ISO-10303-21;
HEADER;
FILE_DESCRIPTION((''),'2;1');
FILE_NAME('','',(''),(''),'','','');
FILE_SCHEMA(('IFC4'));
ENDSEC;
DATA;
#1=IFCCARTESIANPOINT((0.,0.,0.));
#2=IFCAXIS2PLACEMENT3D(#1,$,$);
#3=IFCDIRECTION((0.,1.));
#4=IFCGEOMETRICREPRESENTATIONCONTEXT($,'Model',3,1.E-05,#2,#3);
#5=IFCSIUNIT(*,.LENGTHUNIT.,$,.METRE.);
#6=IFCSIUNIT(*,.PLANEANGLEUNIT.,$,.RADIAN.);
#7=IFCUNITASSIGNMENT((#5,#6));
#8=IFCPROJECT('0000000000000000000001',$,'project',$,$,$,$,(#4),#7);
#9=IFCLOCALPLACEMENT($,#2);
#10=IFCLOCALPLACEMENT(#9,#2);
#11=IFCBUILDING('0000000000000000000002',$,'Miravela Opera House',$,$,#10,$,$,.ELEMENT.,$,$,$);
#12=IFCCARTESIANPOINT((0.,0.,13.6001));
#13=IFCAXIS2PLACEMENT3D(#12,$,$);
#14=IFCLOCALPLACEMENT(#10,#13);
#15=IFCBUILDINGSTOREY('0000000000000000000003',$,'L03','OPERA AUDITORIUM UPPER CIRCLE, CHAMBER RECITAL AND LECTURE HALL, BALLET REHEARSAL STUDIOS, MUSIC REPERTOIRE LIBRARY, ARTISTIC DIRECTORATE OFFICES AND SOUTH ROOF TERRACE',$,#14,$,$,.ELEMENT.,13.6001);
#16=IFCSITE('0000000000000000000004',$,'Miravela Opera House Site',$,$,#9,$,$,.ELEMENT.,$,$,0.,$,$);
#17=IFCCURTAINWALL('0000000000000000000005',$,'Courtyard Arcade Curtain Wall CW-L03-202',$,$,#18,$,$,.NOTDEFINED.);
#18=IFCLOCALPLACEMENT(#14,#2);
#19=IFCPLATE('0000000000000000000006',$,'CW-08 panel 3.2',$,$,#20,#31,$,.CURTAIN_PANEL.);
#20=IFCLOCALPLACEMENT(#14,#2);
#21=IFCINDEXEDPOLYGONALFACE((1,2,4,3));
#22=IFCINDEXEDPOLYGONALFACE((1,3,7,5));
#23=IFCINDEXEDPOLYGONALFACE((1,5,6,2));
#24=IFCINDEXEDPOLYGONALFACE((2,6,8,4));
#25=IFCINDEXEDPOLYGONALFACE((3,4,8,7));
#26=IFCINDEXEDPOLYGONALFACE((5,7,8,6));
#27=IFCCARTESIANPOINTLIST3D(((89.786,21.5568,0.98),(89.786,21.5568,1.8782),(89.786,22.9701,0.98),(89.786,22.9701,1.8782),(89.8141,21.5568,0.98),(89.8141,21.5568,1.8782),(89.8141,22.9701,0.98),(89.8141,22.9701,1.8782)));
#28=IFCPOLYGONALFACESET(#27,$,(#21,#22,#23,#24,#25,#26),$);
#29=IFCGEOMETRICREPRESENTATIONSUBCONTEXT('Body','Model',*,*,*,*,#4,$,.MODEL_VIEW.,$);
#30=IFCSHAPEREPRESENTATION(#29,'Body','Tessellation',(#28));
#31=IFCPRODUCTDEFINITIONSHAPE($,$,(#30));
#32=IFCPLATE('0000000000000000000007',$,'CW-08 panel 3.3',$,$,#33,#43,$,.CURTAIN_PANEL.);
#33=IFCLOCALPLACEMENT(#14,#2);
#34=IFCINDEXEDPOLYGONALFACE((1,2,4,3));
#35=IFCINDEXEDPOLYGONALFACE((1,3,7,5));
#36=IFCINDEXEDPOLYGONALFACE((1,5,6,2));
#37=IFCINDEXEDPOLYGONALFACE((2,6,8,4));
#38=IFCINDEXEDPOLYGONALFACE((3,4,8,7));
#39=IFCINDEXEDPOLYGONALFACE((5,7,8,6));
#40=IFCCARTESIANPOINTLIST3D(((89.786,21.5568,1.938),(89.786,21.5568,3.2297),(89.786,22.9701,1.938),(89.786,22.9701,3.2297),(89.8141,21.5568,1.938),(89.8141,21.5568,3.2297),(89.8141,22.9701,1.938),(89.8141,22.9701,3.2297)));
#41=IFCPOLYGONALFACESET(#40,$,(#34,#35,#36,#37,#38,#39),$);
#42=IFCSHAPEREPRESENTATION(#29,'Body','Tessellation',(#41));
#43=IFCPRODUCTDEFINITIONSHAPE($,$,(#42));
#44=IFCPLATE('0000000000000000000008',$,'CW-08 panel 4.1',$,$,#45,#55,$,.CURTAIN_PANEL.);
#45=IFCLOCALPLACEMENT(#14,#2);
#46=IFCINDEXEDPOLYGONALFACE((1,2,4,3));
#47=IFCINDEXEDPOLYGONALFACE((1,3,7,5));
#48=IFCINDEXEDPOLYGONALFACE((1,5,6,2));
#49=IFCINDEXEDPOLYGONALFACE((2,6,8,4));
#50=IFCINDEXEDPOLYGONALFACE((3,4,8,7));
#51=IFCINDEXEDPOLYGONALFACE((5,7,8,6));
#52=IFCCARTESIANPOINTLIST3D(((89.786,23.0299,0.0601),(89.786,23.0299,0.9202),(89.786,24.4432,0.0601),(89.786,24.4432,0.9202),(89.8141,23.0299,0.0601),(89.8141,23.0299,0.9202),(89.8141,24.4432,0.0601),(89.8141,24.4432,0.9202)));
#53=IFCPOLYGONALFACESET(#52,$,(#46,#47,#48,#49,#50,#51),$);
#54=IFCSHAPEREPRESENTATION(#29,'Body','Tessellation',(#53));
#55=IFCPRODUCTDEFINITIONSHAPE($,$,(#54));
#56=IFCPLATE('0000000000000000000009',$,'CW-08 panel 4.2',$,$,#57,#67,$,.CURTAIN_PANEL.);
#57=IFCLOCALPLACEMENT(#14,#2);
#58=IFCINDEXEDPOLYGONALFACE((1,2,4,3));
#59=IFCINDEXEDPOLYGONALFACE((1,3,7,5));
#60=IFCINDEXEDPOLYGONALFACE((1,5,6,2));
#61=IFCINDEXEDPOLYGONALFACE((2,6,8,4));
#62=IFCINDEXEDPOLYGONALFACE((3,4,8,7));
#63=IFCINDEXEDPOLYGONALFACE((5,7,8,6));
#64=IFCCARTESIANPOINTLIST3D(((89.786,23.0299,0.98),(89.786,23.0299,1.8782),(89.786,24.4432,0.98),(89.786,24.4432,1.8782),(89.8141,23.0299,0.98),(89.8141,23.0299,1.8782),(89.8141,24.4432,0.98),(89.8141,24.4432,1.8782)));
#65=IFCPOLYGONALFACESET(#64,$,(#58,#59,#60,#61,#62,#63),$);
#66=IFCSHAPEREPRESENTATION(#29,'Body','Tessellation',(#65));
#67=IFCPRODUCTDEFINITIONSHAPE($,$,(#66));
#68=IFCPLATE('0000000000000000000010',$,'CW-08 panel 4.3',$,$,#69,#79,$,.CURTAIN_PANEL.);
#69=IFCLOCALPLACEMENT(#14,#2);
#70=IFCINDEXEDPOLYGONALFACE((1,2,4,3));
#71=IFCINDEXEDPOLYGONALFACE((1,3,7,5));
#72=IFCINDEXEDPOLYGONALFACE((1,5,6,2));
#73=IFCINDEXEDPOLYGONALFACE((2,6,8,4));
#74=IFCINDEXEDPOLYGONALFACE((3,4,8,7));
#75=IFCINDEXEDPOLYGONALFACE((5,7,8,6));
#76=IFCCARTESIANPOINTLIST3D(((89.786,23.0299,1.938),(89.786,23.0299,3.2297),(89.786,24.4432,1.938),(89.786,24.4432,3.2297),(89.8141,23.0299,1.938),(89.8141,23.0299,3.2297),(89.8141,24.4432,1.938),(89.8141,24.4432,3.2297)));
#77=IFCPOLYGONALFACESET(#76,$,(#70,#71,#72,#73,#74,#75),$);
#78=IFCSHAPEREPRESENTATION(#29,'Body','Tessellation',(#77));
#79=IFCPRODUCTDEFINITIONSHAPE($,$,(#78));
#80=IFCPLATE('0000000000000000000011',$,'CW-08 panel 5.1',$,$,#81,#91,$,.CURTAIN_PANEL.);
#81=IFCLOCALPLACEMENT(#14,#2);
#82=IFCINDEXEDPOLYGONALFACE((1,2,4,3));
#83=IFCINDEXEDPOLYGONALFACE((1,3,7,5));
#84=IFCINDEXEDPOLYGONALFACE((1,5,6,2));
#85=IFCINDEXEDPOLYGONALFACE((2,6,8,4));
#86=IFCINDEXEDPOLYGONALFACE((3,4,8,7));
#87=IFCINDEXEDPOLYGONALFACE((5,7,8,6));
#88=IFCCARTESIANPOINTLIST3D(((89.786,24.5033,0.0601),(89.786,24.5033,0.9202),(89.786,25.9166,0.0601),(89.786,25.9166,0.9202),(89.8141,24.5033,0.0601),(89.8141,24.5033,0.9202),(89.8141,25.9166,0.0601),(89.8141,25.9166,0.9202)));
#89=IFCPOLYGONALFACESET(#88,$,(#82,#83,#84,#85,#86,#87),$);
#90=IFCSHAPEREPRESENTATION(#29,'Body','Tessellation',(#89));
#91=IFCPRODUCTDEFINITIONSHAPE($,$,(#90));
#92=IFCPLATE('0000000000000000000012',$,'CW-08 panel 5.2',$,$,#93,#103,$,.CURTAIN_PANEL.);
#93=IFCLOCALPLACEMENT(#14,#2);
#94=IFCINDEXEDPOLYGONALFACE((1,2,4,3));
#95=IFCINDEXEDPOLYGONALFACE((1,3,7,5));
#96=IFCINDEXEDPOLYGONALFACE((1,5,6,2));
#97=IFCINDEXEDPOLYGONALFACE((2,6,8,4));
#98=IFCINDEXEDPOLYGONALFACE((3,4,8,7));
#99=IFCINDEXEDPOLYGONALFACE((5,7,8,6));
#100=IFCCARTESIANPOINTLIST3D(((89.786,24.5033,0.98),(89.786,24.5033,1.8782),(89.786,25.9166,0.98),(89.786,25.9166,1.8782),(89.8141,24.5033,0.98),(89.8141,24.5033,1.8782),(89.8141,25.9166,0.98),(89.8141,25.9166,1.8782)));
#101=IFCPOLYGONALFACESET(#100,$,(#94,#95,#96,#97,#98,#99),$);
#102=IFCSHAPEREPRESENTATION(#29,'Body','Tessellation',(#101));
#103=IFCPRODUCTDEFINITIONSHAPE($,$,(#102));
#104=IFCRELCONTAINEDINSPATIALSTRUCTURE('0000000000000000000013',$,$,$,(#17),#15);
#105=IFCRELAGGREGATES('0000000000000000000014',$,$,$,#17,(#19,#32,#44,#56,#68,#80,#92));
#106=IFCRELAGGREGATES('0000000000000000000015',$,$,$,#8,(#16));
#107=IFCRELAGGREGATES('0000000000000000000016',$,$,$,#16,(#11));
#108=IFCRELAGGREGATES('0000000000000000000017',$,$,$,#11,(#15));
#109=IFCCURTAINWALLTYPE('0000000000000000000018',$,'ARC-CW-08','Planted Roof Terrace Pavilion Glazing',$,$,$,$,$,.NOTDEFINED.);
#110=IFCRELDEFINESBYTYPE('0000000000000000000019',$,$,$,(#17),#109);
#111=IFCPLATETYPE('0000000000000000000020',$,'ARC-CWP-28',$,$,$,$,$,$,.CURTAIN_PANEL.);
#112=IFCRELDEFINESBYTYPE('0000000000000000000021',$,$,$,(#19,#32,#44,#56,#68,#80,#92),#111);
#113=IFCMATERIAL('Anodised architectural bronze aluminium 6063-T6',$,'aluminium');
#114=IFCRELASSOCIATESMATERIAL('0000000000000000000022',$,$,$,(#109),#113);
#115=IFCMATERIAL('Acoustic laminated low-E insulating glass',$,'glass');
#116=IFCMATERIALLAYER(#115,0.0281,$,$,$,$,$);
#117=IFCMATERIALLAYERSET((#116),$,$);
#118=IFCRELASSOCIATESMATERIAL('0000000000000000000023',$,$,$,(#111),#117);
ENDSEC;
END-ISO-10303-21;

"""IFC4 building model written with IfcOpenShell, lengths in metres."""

from ifc_helpers import new_model, si_unit, direction, frame, origin, origin_2d, place, context, subcontext, project, spatial, rectangle, extrude, material, layer, layer_set, type_object, element, aggregate, save


model = new_model("IFC4")

# Units and contexts
model_context = context("Model", 3, precision=1e-05, world=origin(), true_north=direction((0.0, 1.0)))
body_context = subcontext(model_context, "Body", "Model", "MODEL_VIEW")
ifc_project = project(units=[si_unit("LENGTHUNIT", "METRE"), si_unit("PLANEANGLEUNIT", "RADIAN")], contexts=[model_context])

# Site, building, storey
site_placement = place(None, origin())
site = spatial("IfcSite", under=ifc_project, at=site_placement, Name="Miravela Opera House Site", CompositionType="ELEMENT", RefElevation=0.0)
building_placement = place(site_placement, origin())
building = spatial("IfcBuilding", under=site, at=building_placement, Name="Miravela Opera House", CompositionType="ELEMENT")
storey_placement = place(building_placement, frame((0.0, 0.0, 13.6001)))
storey = spatial("IfcBuildingStorey", under=building, at=storey_placement, Name="L03", Description="OPERA AUDITORIUM UPPER CIRCLE, CHAMBER RECITAL AND LECTURE HALL, BALLET REHEARSAL STUDIOS, MUSIC REPERTOIRE LIBRARY, ARTISTIC DIRECTORATE OFFICES AND SOUTH ROOF TERRACE", CompositionType="ELEMENT", Elevation=13.6001)

# Curtain wall
ifc_material_1 = material(Name="Anodised architectural bronze aluminium 6063-T6", Category="aluminium")
curtain_wall_type = type_object("IfcCurtainWallType", Name="ARC-CW-08", Description="Planted Roof Terrace Pavilion Glazing", PredefinedType="NOTDEFINED", material=ifc_material_1)
curtain_wall_placement = place(storey_placement, origin())
curtain_wall = element("IfcCurtainWall", 1, at=curtain_wall_placement, inside=storey, type_object=curtain_wall_type, Name="Courtyard Arcade Curtain Wall CW-L03-202", PredefinedType="NOTDEFINED")

# Plates
ifc_material_2 = material(Name="Acoustic laminated low-E insulating glass", Category="glass")
ifc_layer = layer(ifc_material_2, 0.0281)
ifc_layer_set = layer_set([ifc_layer])
plate_type = type_object("IfcPlateType", Name="ARC-CWP-28", PredefinedType="CURTAIN_PANEL", material=ifc_layer_set)
plate_1_placement = place(storey_placement, frame((89.8, 22.2634, 0.98), z_axis=(0.0, 0.0, 1.0), x_axis=(0.0, 1.0, 0.0)))
plate_1 = element("IfcPlate", 2, at=plate_1_placement, type_object=plate_type, Name="CW-08 panel 3.2", PredefinedType="CURTAIN_PANEL", context=body_context, shape_type="SweptSolid", body=[
    extrude(rectangle(XDim=1.4133, YDim=0.0281, at=origin_2d()), origin(), (0.0, 0.0, 1.0), 0.8982),
])
plate_2_placement = place(storey_placement, frame((89.8, 22.2634, 1.938), z_axis=(0.0, 0.0, 1.0), x_axis=(0.0, 1.0, 0.0)))
plate_2 = element("IfcPlate", 3, at=plate_2_placement, type_object=plate_type, Name="CW-08 panel 3.3", PredefinedType="CURTAIN_PANEL", context=body_context, shape_type="SweptSolid", body=[
    extrude(rectangle(XDim=1.4133, YDim=0.0281, at=origin_2d()), origin(), (0.0, 0.0, 1.0), 1.2917),
])
plate_3_placement = place(storey_placement, frame((89.8, 23.7366, 0.0601), z_axis=(0.0, 0.0, 1.0), x_axis=(0.0, 1.0, 0.0)))
plate_3 = element("IfcPlate", 4, at=plate_3_placement, type_object=plate_type, Name="CW-08 panel 4.1", PredefinedType="CURTAIN_PANEL", context=body_context, shape_type="SweptSolid", body=[
    extrude(rectangle(XDim=1.4133, YDim=0.0281, at=origin_2d()), origin(), (0.0, 0.0, 1.0), 0.8601),
])
plate_4_placement = place(storey_placement, frame((89.8, 23.7366, 0.98), z_axis=(0.0, 0.0, 1.0), x_axis=(0.0, 1.0, 0.0)))
plate_4 = element("IfcPlate", 5, at=plate_4_placement, type_object=plate_type, Name="CW-08 panel 4.2", PredefinedType="CURTAIN_PANEL", context=body_context, shape_type="SweptSolid", body=[
    extrude(rectangle(XDim=1.4133, YDim=0.0281, at=origin_2d()), origin(), (0.0, 0.0, 1.0), 0.8982),
])
plate_5_placement = place(storey_placement, frame((89.8, 23.7366, 1.938), z_axis=(0.0, 0.0, 1.0), x_axis=(0.0, 1.0, 0.0)))
plate_5 = element("IfcPlate", 6, at=plate_5_placement, type_object=plate_type, Name="CW-08 panel 4.3", PredefinedType="CURTAIN_PANEL", context=body_context, shape_type="SweptSolid", body=[
    extrude(rectangle(XDim=1.4133, YDim=0.0281, at=origin_2d()), origin(), (0.0, 0.0, 1.0), 1.2917),
])
plate_6_placement = place(storey_placement, frame((89.8, 25.21, 0.0601), z_axis=(0.0, 0.0, 1.0), x_axis=(0.0, 1.0, 0.0)))
plate_6 = element("IfcPlate", 7, at=plate_6_placement, type_object=plate_type, Name="CW-08 panel 5.1", PredefinedType="CURTAIN_PANEL", context=body_context, shape_type="SweptSolid", body=[
    extrude(rectangle(XDim=1.4133, YDim=0.0281, at=origin_2d()), origin(), (0.0, 0.0, 1.0), 0.8601),
])
plate_7_placement = place(storey_placement, frame((89.8, 25.21, 0.98), z_axis=(0.0, 0.0, 1.0), x_axis=(0.0, 1.0, 0.0)))
plate_7 = element("IfcPlate", 8, at=plate_7_placement, type_object=plate_type, Name="CW-08 panel 5.2", PredefinedType="CURTAIN_PANEL", context=body_context, shape_type="SweptSolid", body=[
    extrude(rectangle(XDim=1.4133, YDim=0.0281, at=origin_2d()), origin(), (0.0, 0.0, 1.0), 0.8982),
])
aggregate(curtain_wall, [plate_1, plate_2, plate_3, plate_4, plate_5, plate_6, plate_7])

save(model, "model.ifc")
